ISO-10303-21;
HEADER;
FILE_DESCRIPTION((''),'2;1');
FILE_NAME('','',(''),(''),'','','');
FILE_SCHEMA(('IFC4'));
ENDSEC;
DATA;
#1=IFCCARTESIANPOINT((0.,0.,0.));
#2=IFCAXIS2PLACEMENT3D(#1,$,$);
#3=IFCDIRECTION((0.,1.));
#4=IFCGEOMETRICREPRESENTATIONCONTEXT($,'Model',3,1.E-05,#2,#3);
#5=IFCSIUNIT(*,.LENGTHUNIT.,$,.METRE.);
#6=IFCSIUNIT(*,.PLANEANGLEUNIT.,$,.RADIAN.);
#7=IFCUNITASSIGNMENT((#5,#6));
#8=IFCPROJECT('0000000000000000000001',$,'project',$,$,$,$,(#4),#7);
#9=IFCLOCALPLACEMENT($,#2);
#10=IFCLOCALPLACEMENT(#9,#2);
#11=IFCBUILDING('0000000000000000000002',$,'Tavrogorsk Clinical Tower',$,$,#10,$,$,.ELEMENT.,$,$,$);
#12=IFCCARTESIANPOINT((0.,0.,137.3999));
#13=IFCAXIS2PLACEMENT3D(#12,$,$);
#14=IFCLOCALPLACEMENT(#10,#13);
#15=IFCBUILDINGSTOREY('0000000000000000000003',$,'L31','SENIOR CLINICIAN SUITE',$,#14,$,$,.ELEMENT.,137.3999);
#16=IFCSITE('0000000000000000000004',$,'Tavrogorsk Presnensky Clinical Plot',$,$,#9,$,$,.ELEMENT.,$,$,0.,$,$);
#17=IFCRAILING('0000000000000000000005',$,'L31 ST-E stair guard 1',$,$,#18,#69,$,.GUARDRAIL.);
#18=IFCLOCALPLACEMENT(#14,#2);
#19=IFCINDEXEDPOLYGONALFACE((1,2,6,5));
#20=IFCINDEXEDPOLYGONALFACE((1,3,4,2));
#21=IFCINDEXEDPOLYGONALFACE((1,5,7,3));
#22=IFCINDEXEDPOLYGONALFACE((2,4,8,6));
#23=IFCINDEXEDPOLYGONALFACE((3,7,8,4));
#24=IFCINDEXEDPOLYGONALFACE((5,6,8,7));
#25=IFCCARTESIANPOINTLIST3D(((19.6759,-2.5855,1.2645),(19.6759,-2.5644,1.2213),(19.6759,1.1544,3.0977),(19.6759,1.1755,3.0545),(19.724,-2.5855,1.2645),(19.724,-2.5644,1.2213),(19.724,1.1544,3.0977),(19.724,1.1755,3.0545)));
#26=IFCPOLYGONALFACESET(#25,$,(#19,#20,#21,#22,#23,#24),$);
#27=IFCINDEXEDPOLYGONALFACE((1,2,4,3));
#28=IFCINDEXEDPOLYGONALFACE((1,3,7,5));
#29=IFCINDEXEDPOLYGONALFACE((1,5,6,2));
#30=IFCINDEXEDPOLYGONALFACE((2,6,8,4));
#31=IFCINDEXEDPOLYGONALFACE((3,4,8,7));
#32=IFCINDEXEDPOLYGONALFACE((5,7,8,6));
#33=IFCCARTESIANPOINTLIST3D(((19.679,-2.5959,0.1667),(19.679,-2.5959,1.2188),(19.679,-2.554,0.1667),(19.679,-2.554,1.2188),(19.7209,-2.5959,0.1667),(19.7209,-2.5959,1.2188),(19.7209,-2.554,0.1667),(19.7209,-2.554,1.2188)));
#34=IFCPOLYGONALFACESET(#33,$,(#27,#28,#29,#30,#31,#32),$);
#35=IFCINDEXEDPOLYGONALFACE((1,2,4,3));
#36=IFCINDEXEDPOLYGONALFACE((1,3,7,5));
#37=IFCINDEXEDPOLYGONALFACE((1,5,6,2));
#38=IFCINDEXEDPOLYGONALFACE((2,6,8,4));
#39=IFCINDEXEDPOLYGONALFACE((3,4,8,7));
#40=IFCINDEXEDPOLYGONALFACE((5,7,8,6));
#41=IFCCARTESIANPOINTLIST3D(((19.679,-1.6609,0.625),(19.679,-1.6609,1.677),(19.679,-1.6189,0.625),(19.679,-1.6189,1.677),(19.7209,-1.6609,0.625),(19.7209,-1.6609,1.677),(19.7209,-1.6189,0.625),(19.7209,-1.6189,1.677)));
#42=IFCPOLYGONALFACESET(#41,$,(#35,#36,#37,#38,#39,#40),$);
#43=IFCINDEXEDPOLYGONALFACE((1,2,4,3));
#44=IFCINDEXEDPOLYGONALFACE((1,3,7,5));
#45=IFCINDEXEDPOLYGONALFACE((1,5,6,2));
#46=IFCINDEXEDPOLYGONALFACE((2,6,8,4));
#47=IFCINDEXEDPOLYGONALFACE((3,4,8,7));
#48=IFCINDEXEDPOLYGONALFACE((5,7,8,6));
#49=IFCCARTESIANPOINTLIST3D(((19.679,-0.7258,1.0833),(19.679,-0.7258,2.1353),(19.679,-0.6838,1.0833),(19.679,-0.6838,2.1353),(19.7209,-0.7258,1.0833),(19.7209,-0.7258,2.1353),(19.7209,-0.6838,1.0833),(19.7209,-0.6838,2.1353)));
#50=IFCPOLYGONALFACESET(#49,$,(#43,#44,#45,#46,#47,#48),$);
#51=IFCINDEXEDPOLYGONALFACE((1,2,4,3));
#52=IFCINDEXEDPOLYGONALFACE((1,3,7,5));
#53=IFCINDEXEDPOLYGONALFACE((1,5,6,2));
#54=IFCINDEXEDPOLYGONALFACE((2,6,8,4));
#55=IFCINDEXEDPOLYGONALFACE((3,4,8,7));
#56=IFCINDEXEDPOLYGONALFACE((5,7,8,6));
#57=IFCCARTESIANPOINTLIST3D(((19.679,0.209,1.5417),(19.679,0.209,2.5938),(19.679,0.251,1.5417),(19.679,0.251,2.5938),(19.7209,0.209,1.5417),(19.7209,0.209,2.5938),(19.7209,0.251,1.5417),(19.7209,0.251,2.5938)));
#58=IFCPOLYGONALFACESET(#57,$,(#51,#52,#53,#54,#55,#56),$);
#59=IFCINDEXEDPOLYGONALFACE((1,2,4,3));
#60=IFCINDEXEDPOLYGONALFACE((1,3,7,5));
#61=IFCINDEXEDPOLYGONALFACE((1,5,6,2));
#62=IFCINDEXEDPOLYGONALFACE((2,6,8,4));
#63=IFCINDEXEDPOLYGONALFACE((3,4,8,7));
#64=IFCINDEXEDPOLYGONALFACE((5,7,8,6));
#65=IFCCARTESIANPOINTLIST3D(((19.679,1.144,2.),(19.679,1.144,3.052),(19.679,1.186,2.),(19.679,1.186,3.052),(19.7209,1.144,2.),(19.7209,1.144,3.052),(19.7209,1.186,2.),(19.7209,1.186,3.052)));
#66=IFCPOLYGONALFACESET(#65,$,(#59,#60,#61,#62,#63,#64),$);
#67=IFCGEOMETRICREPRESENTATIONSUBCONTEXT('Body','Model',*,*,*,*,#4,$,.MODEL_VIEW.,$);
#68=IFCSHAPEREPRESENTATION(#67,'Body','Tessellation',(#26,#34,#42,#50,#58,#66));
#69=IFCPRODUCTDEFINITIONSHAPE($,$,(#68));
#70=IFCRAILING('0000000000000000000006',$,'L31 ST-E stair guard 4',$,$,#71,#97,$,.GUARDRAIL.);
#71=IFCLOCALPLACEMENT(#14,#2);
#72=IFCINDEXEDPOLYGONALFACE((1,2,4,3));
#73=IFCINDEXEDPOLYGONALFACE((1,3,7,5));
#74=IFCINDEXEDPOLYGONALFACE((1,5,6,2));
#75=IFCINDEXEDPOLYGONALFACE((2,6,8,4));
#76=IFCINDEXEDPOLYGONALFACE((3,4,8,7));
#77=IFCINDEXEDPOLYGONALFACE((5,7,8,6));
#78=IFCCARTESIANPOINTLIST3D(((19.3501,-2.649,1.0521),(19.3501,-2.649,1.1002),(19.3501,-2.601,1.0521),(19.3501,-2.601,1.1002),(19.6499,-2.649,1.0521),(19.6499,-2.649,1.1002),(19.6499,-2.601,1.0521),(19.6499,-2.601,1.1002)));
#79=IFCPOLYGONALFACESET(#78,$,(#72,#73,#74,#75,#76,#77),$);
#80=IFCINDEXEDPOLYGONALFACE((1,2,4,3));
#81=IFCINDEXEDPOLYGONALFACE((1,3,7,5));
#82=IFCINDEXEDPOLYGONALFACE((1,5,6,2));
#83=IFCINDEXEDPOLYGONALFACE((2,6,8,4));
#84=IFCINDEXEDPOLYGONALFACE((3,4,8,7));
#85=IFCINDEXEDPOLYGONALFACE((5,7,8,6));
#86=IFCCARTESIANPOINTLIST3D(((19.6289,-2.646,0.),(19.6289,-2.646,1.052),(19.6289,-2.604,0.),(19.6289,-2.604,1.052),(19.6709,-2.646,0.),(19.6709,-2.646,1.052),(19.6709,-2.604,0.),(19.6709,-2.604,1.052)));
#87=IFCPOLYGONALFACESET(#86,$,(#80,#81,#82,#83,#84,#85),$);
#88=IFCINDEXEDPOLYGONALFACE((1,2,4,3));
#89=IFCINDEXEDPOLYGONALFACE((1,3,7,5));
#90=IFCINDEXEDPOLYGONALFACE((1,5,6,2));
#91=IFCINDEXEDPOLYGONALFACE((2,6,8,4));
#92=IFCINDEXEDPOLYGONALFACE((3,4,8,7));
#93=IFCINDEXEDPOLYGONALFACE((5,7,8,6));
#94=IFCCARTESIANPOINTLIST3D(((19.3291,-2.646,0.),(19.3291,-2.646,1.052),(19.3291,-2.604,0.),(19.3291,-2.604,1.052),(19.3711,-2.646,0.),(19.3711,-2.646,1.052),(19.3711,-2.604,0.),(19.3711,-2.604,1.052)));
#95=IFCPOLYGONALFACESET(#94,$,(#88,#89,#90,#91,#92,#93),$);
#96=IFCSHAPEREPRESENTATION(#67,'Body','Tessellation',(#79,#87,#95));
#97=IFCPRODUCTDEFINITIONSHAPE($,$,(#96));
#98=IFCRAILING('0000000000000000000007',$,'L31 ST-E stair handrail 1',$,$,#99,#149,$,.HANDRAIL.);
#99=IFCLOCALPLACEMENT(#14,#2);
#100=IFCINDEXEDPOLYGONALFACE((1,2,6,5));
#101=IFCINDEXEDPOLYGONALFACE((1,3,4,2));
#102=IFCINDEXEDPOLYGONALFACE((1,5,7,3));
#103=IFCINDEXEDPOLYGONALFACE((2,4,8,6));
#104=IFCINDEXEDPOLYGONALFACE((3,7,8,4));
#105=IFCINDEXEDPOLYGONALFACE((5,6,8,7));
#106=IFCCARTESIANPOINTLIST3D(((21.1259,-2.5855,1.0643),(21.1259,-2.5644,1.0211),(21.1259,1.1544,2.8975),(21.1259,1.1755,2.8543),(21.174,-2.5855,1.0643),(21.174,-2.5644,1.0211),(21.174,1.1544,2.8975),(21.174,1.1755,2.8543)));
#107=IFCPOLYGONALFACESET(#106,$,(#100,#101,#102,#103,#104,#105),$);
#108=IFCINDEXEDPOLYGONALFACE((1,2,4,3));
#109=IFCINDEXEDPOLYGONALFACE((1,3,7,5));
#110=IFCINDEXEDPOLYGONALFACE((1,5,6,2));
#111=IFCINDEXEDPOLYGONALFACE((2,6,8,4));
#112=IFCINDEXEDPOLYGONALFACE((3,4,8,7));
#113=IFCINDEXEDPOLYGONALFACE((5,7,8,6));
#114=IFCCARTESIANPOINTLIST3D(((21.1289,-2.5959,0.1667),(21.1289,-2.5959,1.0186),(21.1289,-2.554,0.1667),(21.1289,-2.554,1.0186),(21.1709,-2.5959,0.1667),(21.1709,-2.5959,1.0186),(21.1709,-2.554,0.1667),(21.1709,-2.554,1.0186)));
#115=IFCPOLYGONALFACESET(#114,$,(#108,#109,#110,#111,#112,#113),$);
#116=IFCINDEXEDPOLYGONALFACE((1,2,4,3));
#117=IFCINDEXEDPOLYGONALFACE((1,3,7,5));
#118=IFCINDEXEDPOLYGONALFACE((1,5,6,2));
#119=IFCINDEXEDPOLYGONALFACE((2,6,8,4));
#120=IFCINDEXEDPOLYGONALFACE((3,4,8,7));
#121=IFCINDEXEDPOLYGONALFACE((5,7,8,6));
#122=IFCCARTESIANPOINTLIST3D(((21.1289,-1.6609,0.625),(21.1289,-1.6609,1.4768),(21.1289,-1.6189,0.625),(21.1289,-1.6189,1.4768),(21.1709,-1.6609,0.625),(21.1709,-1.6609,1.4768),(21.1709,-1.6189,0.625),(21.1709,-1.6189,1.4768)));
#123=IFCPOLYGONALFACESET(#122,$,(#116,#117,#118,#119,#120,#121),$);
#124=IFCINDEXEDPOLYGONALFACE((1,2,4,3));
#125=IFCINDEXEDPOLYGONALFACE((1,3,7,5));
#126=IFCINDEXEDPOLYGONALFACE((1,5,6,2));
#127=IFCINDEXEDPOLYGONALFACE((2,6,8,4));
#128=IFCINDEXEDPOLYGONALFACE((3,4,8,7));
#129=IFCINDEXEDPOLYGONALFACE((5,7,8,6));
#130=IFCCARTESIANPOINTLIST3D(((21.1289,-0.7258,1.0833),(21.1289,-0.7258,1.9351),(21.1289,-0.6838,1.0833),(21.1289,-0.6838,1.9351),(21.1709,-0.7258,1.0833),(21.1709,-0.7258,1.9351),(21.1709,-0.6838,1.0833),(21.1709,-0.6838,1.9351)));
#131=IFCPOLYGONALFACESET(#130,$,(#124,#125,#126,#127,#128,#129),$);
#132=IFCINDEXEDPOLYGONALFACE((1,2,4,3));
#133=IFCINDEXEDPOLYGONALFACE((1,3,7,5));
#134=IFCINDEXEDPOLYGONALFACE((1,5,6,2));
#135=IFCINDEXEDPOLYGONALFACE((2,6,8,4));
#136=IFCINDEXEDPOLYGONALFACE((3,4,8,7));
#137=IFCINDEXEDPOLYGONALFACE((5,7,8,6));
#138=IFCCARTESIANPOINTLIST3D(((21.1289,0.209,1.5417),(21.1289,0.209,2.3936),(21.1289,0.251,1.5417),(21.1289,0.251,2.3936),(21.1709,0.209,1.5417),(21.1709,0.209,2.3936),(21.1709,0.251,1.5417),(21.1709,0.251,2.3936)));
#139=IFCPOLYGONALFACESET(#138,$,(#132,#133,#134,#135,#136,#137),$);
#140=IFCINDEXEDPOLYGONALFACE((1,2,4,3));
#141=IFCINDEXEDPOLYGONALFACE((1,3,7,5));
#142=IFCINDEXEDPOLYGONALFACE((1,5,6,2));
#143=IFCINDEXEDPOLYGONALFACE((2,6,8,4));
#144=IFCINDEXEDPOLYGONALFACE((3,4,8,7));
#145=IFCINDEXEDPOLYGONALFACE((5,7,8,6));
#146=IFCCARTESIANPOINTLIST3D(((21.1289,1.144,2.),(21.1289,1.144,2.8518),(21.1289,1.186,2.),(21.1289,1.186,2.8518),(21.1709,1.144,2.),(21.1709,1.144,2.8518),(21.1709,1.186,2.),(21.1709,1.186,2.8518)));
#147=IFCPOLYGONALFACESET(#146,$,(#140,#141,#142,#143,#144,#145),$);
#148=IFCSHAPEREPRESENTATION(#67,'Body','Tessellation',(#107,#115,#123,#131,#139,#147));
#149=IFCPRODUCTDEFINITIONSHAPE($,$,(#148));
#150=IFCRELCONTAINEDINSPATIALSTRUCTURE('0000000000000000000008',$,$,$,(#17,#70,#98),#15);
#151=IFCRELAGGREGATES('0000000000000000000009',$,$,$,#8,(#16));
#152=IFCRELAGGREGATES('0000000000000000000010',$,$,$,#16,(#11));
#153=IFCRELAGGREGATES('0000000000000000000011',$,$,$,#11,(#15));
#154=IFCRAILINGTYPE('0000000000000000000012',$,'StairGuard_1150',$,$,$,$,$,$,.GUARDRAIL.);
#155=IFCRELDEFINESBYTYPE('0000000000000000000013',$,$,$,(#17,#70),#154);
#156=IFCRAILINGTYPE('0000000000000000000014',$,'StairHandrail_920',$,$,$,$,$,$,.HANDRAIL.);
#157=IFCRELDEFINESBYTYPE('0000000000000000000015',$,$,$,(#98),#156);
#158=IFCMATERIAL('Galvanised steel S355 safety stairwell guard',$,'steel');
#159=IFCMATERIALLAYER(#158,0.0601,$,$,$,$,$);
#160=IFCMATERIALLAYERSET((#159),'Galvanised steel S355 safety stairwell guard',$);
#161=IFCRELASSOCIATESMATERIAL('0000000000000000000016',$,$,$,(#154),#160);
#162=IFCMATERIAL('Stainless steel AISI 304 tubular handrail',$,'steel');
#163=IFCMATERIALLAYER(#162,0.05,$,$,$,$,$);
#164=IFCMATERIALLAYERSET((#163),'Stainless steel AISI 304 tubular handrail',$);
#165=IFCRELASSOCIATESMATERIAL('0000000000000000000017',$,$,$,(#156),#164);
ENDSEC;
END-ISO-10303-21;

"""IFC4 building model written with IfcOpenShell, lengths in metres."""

from ifc_helpers import new_model, si_unit, direction, frame, origin, origin_2d, place, context, subcontext, project, spatial, rectangle, extrude, material, layer, layer_set, type_object, element, save


model = new_model("IFC4")

# Units and contexts
model_context = context("Model", 3, precision=1e-05, world=origin(), true_north=direction((0.0, 1.0)))
body_context = subcontext(model_context, "Body", "Model", "MODEL_VIEW")
ifc_project = project(units=[si_unit("LENGTHUNIT", "METRE"), si_unit("PLANEANGLEUNIT", "RADIAN")], contexts=[model_context])

# Site, building, storey
site_placement = place(None, origin())
site = spatial("IfcSite", under=ifc_project, at=site_placement, Name="Tavrogorsk Presnensky Clinical Plot", CompositionType="ELEMENT", RefElevation=0.0)
building_placement = place(site_placement, origin())
building = spatial("IfcBuilding", under=site, at=building_placement, Name="Tavrogorsk Clinical Tower", CompositionType="ELEMENT")
storey_placement = place(building_placement, frame((0.0, 0.0, 137.3999)))
storey = spatial("IfcBuildingStorey", under=building, at=storey_placement, Name="L31", Description="SENIOR CLINICIAN SUITE", CompositionType="ELEMENT", Elevation=137.3999)

# Railings
ifc_material_1 = material(Name="Galvanised steel S355 safety stairwell guard", Category="steel")
ifc_layer_1 = layer(ifc_material_1, 0.0601)
ifc_layer_set_1 = layer_set([ifc_layer_1], Name="Galvanised steel S355 safety stairwell guard")
railing_type_1 = type_object("IfcRailingType", Name="StairGuard_1150", PredefinedType="GUARDRAIL", material=ifc_layer_set_1)
railing_1_placement = place(storey_placement, frame((19.7, -2.575, 0.1667)))
element("IfcRailing", 1, at=railing_1_placement, inside=storey, type_object=railing_type_1, Name="L31 ST-E stair guard 1", PredefinedType="GUARDRAIL", context=body_context, shape_type="SweptSolid", body=[
    extrude(rectangle(XDim=0.0481, YDim=0.0481, at=origin_2d()), frame((0.0, 0.0, 1.0762), z_axis=(0.0, 0.897928, 0.440142), x_axis=(-1.0, 0.0, 0.0)), (0.0, 0.0, 1.0), 4.165),
    extrude(rectangle(XDim=0.042, YDim=0.042, at=origin_2d()), origin(), (0.0, 0.0, 1.0), 1.052),
    extrude(rectangle(XDim=0.042, YDim=0.042, at=origin_2d()), frame((0.0, 0.9351, 0.4583)), (0.0, 0.0, 1.0), 1.052),
    extrude(rectangle(XDim=0.042, YDim=0.042, at=origin_2d()), frame((0.0, 1.8701, 0.9165)), (0.0, 0.0, 1.0), 1.052),
    extrude(rectangle(XDim=0.042, YDim=0.042, at=origin_2d()), frame((0.0, 2.8049, 1.375)), (0.0, 0.0, 1.0), 1.052),
    extrude(rectangle(XDim=0.042, YDim=0.042, at=origin_2d()), frame((0.0, 3.74, 1.8333)), (0.0, 0.0, 1.0), 1.052),
])
railing_2_placement = place(storey_placement, frame((19.6499, -2.625, 0.0)))
element("IfcRailing", 2, at=railing_2_placement, inside=storey, type_object=railing_type_1, Name="L31 ST-E stair guard 4", PredefinedType="GUARDRAIL", context=body_context, shape_type="SweptSolid", body=[
    extrude(rectangle(XDim=0.0481, YDim=0.0481, at=origin_2d()), frame((0.0, 0.0, 1.0762), z_axis=(-1.0, 0.0, 0.0), x_axis=(0.0, -1.0, 0.0)), (0.0, 0.0, 1.0), 0.2998),
    extrude(rectangle(XDim=0.042, YDim=0.042, at=origin_2d()), origin(), (0.0, 0.0, 1.0), 1.052),
    extrude(rectangle(XDim=0.042, YDim=0.042, at=origin_2d()), frame((-0.2998, 0.0, 0.0)), (0.0, 0.0, 1.0), 1.052),
])
ifc_material_2 = material(Name="Stainless steel AISI 304 tubular handrail", Category="steel")
ifc_layer_2 = layer(ifc_material_2, 0.05)
ifc_layer_set_2 = layer_set([ifc_layer_2], Name="Stainless steel AISI 304 tubular handrail")
railing_type_2 = type_object("IfcRailingType", Name="StairHandrail_920", PredefinedType="HANDRAIL", material=ifc_layer_set_2)
railing_3_placement = place(storey_placement, frame((21.1499, -2.575, 0.1667)))
element("IfcRailing", 3, at=railing_3_placement, inside=storey, type_object=railing_type_2, Name="L31 ST-E stair handrail 1", PredefinedType="HANDRAIL", context=body_context, shape_type="SweptSolid", body=[
    extrude(rectangle(XDim=0.0481, YDim=0.0481, at=origin_2d()), frame((0.0, 0.0, 0.876), z_axis=(0.0, 0.897928, 0.440142), x_axis=(-1.0, 0.0, 0.0)), (0.0, 0.0, 1.0), 4.165),
    extrude(rectangle(XDim=0.042, YDim=0.042, at=origin_2d()), origin(), (0.0, 0.0, 1.0), 0.8518),
    extrude(rectangle(XDim=0.042, YDim=0.042, at=origin_2d()), frame((0.0, 0.9351, 0.4583)), (0.0, 0.0, 1.0), 0.8518),
    extrude(rectangle(XDim=0.042, YDim=0.042, at=origin_2d()), frame((0.0, 1.8701, 0.9165)), (0.0, 0.0, 1.0), 0.8518),
    extrude(rectangle(XDim=0.042, YDim=0.042, at=origin_2d()), frame((0.0, 2.8049, 1.375)), (0.0, 0.0, 1.0), 0.8518),
    extrude(rectangle(XDim=0.042, YDim=0.042, at=origin_2d()), frame((0.0, 3.74, 1.8333)), (0.0, 0.0, 1.0), 0.8518),
])

save(model, "model.ifc")
